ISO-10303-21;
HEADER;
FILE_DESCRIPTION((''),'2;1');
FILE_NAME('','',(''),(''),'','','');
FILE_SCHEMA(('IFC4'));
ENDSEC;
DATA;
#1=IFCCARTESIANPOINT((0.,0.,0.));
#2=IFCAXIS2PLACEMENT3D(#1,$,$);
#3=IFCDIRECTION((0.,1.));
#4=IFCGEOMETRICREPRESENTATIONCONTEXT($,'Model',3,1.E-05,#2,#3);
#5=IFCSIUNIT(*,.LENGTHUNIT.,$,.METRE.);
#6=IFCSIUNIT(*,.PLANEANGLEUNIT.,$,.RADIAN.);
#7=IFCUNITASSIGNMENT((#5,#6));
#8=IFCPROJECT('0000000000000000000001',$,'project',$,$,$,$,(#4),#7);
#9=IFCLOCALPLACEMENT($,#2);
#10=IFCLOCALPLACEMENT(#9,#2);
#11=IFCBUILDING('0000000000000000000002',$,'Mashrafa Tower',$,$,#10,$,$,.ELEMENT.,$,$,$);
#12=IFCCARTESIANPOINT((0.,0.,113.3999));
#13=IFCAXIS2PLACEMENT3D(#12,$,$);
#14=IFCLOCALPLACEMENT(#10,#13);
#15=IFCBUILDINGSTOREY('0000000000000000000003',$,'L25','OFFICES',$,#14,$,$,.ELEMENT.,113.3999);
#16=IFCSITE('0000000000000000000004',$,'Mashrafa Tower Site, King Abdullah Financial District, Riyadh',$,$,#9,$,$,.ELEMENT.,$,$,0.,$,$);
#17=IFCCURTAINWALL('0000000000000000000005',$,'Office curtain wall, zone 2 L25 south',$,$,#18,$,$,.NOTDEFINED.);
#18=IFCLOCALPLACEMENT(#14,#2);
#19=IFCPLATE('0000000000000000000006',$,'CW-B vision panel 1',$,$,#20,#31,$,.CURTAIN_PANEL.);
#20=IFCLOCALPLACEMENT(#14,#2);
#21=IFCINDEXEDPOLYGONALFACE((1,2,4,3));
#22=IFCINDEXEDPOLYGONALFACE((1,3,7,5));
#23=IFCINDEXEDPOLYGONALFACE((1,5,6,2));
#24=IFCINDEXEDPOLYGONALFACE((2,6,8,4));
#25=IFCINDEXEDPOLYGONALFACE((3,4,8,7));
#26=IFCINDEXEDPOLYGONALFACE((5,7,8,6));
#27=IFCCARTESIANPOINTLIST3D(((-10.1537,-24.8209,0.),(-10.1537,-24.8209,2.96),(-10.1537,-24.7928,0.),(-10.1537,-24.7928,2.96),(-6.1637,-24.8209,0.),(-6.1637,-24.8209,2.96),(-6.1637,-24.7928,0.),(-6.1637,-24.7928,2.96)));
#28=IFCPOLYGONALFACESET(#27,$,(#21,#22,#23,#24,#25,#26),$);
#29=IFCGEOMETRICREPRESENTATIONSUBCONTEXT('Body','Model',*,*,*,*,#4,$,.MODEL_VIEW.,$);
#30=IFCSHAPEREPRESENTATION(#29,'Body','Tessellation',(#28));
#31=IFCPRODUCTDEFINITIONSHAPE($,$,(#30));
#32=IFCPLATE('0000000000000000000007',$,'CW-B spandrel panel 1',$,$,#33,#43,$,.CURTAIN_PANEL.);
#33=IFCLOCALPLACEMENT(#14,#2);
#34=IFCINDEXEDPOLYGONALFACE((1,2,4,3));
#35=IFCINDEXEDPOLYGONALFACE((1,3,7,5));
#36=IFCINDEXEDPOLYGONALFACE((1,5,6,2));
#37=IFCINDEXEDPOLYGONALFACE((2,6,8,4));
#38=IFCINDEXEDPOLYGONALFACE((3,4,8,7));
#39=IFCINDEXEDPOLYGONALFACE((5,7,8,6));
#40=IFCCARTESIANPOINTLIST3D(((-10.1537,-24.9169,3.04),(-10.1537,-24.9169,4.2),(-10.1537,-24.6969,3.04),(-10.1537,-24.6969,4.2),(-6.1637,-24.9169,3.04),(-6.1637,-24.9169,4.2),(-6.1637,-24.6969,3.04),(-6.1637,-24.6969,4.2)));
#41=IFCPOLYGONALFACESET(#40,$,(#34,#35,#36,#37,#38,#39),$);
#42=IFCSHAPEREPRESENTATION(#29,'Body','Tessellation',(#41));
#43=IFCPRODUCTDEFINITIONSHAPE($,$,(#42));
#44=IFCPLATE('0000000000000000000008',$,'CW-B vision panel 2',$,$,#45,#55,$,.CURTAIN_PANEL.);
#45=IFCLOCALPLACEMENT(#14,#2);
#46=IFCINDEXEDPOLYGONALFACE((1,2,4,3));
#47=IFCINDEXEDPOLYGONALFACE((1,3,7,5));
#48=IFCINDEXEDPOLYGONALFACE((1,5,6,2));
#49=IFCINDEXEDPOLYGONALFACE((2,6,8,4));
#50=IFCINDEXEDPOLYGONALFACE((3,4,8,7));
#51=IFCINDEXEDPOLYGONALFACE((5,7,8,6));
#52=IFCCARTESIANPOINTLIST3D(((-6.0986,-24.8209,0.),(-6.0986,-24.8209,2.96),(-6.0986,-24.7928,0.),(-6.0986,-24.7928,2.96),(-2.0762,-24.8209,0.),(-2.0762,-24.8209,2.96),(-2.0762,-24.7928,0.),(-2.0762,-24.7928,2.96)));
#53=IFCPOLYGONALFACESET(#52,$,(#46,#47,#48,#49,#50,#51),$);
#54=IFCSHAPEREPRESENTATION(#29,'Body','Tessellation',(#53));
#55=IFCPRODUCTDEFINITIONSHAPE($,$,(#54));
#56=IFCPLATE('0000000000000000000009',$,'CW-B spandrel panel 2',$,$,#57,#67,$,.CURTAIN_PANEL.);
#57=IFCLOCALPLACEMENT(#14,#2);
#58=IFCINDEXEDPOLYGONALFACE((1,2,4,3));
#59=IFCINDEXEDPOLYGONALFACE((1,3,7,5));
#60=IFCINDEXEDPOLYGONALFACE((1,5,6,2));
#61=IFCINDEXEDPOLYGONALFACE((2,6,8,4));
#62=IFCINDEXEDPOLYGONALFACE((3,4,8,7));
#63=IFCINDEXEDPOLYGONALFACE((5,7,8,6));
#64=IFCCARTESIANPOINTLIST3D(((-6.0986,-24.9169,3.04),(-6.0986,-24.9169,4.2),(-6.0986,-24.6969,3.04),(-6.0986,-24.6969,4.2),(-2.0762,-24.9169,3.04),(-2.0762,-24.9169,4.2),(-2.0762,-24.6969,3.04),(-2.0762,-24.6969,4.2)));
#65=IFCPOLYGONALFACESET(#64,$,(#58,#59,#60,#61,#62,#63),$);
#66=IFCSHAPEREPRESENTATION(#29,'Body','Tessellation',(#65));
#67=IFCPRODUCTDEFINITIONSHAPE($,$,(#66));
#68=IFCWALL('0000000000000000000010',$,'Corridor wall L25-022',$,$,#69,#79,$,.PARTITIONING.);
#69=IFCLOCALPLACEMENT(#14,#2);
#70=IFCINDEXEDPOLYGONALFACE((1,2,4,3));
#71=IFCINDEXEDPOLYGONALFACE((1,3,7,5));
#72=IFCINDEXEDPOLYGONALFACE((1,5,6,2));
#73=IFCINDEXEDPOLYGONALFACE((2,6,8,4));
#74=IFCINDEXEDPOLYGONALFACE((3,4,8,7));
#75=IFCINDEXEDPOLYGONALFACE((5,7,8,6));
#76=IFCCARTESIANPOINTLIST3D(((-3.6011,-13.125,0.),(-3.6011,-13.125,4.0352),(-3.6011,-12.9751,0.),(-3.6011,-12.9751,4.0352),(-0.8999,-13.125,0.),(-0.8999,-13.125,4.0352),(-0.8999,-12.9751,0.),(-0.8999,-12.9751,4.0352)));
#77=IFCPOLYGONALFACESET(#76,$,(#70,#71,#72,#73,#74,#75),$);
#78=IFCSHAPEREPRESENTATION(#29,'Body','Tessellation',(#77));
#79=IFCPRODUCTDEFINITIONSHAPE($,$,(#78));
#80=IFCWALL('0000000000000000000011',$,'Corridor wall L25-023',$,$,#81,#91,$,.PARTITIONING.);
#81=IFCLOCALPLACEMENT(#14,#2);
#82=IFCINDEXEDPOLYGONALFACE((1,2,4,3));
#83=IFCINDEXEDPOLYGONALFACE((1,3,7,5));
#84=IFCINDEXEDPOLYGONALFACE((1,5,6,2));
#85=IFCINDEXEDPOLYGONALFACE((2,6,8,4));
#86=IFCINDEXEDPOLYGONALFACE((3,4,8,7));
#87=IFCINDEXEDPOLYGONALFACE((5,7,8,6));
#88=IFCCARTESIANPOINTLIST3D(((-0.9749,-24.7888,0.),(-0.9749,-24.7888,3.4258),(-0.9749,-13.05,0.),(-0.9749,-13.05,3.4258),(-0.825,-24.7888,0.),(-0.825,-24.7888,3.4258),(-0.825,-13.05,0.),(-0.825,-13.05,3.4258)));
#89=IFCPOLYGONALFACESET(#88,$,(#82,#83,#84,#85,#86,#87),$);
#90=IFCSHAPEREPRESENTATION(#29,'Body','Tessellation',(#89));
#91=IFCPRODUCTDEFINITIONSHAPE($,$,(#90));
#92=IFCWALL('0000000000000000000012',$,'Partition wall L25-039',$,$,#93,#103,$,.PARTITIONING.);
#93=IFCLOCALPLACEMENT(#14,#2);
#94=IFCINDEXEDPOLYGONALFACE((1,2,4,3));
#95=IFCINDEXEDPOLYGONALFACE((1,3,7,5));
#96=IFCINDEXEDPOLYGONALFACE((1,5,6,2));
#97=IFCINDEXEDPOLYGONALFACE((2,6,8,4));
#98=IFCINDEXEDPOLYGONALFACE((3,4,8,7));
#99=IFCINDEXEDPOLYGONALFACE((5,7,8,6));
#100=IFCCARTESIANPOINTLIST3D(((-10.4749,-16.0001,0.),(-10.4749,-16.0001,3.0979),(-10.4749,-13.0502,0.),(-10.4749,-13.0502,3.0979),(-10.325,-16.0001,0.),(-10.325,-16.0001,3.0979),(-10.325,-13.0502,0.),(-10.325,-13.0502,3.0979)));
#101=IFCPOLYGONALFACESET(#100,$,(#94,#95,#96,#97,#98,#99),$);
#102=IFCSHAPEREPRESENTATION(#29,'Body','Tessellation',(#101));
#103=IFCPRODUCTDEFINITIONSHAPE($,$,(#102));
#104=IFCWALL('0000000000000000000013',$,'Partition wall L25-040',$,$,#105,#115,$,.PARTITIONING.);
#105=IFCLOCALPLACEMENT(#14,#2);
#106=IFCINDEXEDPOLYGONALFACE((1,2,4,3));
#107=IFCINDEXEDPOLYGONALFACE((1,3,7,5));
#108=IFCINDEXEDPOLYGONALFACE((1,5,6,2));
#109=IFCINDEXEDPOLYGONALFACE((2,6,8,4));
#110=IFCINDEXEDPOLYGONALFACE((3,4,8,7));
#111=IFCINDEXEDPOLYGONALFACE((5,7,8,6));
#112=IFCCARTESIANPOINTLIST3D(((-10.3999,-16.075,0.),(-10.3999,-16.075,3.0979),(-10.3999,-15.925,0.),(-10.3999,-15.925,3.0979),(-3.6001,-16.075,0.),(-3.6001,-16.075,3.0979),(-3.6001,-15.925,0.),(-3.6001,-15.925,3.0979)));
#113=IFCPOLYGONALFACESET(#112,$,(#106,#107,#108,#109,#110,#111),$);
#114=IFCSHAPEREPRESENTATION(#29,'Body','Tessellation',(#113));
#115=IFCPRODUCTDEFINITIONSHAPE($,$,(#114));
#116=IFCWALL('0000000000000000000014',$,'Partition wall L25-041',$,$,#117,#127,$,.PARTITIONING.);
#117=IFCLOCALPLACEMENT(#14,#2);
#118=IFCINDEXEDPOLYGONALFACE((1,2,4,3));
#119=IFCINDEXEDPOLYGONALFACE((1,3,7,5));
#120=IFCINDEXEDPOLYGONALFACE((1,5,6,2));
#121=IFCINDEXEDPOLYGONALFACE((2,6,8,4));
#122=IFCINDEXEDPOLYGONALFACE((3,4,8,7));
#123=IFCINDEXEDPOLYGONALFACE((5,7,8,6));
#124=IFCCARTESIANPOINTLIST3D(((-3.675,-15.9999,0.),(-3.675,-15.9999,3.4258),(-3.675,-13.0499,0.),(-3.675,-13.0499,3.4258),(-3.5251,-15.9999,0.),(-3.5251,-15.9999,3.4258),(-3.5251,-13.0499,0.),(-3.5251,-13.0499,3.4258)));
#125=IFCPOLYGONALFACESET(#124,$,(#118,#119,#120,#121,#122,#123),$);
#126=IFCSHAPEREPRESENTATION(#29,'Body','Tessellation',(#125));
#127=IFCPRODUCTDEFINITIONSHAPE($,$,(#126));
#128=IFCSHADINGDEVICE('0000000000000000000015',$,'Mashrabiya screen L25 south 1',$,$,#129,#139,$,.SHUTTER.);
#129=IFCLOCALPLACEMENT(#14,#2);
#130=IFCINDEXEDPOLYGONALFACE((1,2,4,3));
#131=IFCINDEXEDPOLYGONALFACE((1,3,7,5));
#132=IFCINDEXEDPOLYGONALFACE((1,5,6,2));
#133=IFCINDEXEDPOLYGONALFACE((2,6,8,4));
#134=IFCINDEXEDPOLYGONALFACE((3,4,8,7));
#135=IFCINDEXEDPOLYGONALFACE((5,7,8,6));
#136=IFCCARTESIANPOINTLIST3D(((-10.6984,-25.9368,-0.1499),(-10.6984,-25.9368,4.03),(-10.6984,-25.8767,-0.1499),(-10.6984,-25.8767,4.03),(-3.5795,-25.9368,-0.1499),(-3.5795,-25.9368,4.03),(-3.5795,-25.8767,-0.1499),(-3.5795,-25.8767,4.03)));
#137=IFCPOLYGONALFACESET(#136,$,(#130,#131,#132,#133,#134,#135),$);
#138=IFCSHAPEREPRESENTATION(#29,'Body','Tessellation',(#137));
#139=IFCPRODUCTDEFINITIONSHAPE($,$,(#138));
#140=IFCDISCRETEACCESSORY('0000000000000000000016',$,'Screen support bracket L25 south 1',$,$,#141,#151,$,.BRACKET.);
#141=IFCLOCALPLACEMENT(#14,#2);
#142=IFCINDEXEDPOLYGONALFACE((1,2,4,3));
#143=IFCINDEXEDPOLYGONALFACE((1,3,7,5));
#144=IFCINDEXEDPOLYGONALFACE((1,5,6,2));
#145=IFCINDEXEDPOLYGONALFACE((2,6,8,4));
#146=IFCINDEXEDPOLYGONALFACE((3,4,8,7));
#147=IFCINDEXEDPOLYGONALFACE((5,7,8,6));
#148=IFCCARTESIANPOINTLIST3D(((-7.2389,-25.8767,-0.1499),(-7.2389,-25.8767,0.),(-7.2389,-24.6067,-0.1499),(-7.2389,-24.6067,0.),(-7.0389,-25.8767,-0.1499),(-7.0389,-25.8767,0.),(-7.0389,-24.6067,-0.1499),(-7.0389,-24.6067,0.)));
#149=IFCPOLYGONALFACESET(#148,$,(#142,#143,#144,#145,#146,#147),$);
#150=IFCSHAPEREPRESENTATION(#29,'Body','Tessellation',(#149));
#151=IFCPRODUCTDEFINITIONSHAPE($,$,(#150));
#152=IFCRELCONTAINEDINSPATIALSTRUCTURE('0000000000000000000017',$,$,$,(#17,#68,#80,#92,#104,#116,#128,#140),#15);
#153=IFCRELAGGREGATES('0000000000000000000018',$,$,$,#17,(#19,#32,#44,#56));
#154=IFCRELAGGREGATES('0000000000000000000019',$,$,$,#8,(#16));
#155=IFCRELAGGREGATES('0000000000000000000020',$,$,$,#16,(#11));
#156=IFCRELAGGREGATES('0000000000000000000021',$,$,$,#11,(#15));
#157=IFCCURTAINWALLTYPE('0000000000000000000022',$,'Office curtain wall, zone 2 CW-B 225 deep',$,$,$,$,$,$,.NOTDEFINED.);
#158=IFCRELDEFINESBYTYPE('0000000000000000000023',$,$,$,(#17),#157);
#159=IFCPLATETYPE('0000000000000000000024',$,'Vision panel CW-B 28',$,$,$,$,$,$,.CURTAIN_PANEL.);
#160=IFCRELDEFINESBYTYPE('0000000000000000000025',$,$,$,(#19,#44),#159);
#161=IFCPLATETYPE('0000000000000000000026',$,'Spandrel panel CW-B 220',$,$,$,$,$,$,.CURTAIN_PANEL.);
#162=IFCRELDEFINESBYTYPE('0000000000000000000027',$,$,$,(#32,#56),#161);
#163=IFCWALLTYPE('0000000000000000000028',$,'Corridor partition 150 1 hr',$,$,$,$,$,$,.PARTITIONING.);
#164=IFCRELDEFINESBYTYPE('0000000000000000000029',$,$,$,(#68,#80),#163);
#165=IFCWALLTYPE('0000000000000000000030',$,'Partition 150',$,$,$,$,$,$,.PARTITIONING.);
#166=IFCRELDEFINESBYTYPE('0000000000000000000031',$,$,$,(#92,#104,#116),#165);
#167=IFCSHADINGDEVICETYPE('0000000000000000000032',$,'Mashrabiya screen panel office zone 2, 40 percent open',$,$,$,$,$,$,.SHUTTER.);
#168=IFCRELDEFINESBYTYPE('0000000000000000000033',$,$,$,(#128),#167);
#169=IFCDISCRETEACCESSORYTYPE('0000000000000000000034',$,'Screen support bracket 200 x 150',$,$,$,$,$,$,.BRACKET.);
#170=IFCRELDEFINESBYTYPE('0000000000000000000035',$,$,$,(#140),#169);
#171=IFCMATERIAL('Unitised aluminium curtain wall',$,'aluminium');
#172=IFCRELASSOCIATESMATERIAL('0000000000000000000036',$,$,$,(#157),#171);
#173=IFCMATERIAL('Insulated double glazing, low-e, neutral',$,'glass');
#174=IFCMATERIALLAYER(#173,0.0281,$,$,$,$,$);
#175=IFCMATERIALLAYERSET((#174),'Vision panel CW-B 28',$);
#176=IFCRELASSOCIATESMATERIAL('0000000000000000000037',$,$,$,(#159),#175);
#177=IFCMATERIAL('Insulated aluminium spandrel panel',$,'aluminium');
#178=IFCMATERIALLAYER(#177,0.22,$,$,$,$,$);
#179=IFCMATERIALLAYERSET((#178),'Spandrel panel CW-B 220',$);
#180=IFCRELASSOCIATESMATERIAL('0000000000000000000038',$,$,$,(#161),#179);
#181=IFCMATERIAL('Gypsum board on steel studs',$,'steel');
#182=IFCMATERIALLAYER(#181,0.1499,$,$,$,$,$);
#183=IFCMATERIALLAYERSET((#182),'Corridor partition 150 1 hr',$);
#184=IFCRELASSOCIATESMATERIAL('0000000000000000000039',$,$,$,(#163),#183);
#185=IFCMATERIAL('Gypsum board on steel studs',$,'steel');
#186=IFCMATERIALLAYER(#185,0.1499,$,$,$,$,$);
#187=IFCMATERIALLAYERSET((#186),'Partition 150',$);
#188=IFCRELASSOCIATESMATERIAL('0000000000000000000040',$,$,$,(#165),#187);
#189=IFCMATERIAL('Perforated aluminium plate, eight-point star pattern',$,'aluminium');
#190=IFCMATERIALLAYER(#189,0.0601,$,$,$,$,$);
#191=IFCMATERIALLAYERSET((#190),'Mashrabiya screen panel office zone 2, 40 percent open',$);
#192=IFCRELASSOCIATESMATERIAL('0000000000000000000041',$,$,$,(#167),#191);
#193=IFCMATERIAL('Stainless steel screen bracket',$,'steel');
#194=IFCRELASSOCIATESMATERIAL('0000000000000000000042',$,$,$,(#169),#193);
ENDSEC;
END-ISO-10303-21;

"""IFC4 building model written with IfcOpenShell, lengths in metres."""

from ifc_helpers import new_model, si_unit, direction, frame, frame_2d, origin, origin_2d, place, context, subcontext, project, spatial, rectangle, extrude, source, transform, mapped, material, layer, layer_set, type_object, type_shapes, element, aggregate, save


model = new_model("IFC4")

# Units and contexts
model_context = context("Model", 3, precision=1e-05, world=origin(), true_north=direction((0.0, 1.0)))
body_context = subcontext(model_context, "Body", "Model", "MODEL_VIEW")
ifc_project = project(units=[si_unit("LENGTHUNIT", "METRE"), si_unit("PLANEANGLEUNIT", "RADIAN")], contexts=[model_context])

# Site, building, storey
site_placement = place(None, origin())
site = spatial("IfcSite", under=ifc_project, at=site_placement, Name="Mashrafa Tower Site, King Abdullah Financial District, Riyadh", CompositionType="ELEMENT", RefElevation=0.0)
building_placement = place(site_placement, origin())
building = spatial("IfcBuilding", under=site, at=building_placement, Name="Mashrafa Tower", CompositionType="ELEMENT")
storey_placement = place(building_placement, frame((0.0, 0.0, 113.3999)))
storey = spatial("IfcBuildingStorey", under=building, at=storey_placement, Name="L25", Description="OFFICES", CompositionType="ELEMENT", Elevation=113.3999)

# Shared definitions
ifc_material_1 = material(Name="Unitised aluminium curtain wall", Category="aluminium")
curtain_wall_type = type_object("IfcCurtainWallType", Name="Office curtain wall, zone 2 CW-B 225 deep", PredefinedType="NOTDEFINED", material=ifc_material_1)

# Curtain wall, plates
curtain_wall_1_placement = place(storey_placement, origin())
curtain_wall_1 = element("IfcCurtainWall", 1, at=curtain_wall_1_placement, inside=storey, type_object=curtain_wall_type, Name="Office curtain wall, zone 2 L25 south", PredefinedType="NOTDEFINED")
ifc_material_2 = material(Name="Insulated double glazing, low-e, neutral", Category="glass")
ifc_layer_1 = layer(ifc_material_2, 0.0281)
ifc_layer_set_1 = layer_set([ifc_layer_1], Name="Vision panel CW-B 28")
plate_type_1 = type_object("IfcPlateType", Name="Vision panel CW-B 28", PredefinedType="CURTAIN_PANEL", material=ifc_layer_set_1)
shared_shape_1 = source(origin(), body_context, "Body", "SweptSolid", [
    extrude(rectangle(XDim=3.99, YDim=0.0281, at=origin_2d()), origin(), (0.0, 0.0, 1.0), 2.96),
])
plate_1_placement = place(storey_placement, frame((-8.1587, -24.8069, 0.0), z_axis=(0.0, 0.0, 1.0), x_axis=(1.0, 0.0, 0.0)))
plate_1 = element("IfcPlate", 2, at=plate_1_placement, type_object=plate_type_1, Name="CW-B vision panel 1", PredefinedType="CURTAIN_PANEL", context=body_context, shape_type="MappedRepresentation", body=[
    mapped(shared_shape_1, transform((0.0, 0.0, 0.0))),
])
ifc_material_3 = material(Name="Insulated aluminium spandrel panel", Category="aluminium")
ifc_layer_2 = layer(ifc_material_3, 0.22)
ifc_layer_set_2 = layer_set([ifc_layer_2], Name="Spandrel panel CW-B 220")
plate_type_2 = type_object("IfcPlateType", Name="Spandrel panel CW-B 220", PredefinedType="CURTAIN_PANEL", material=ifc_layer_set_2)
shared_shape_2 = source(origin(), body_context, "Body", "SweptSolid", [
    extrude(rectangle(XDim=3.99, YDim=0.22, at=origin_2d()), origin(), (0.0, 0.0, 1.0), 1.1599),
])
plate_2_placement = place(storey_placement, frame((-8.1587, -24.8069, 3.04), z_axis=(0.0, 0.0, 1.0), x_axis=(1.0, 0.0, 0.0)))
plate_2 = element("IfcPlate", 3, at=plate_2_placement, type_object=plate_type_2, Name="CW-B spandrel panel 1", PredefinedType="CURTAIN_PANEL", context=body_context, shape_type="MappedRepresentation", body=[
    mapped(shared_shape_2, transform((0.0, 0.0, 0.0))),
])
shared_shape_3 = source(origin(), body_context, "Body", "SweptSolid", [
    extrude(rectangle(XDim=4.0225, YDim=0.0281, at=origin_2d()), origin(), (0.0, 0.0, 1.0), 2.96),
])
type_shapes(plate_type_1, [shared_shape_1, shared_shape_3])
plate_3_placement = place(storey_placement, frame((-4.0874, -24.8069, 0.0), z_axis=(0.0, 0.0, 1.0), x_axis=(1.0, 0.0, 0.0)))
plate_3 = element("IfcPlate", 4, at=plate_3_placement, type_object=plate_type_1, Name="CW-B vision panel 2", PredefinedType="CURTAIN_PANEL", context=body_context, shape_type="MappedRepresentation", body=[
    mapped(shared_shape_3, transform((0.0, 0.0, 0.0))),
])
shared_shape_4 = source(origin(), body_context, "Body", "SweptSolid", [
    extrude(rectangle(XDim=4.0225, YDim=0.22, at=origin_2d()), origin(), (0.0, 0.0, 1.0), 1.1599),
])
type_shapes(plate_type_2, [shared_shape_2, shared_shape_4])
plate_4_placement = place(storey_placement, frame((-4.0874, -24.8069, 3.04), z_axis=(0.0, 0.0, 1.0), x_axis=(1.0, 0.0, 0.0)))
plate_4 = element("IfcPlate", 5, at=plate_4_placement, type_object=plate_type_2, Name="CW-B spandrel panel 2", PredefinedType="CURTAIN_PANEL", context=body_context, shape_type="MappedRepresentation", body=[
    mapped(shared_shape_4, transform((0.0, 0.0, 0.0))),
])
aggregate(curtain_wall_1, [plate_1, plate_2, plate_3, plate_4])

# Walls
ifc_material_4 = material(Name="Gypsum board on steel studs", Category="steel")
ifc_layer_3 = layer(ifc_material_4, 0.1499)
ifc_layer_set_3 = layer_set([ifc_layer_3], Name="Corridor partition 150 1 hr")
wall_type_1 = type_object("IfcWallType", Name="Corridor partition 150 1 hr", PredefinedType="PARTITIONING", material=ifc_layer_set_3)
wall_1_placement = place(storey_placement, frame((-3.6011, -13.05, 0.0), z_axis=(0.0, 0.0, 1.0), x_axis=(1.0, 0.0, 0.0)))
element("IfcWall", 6, at=wall_1_placement, inside=storey, type_object=wall_type_1, Name="Corridor wall L25-022", PredefinedType="PARTITIONING", context=body_context, shape_type="SweptSolid", body=[
    extrude(rectangle(XDim=2.7012, YDim=0.1499, at=frame_2d((1.3506, 0.0))), origin(), (0.0, 0.0, 1.0), 4.0352),
])
wall_2_placement = place(storey_placement, frame((-0.8999, -13.05, 0.0), z_axis=(0.0, 0.0, 1.0), x_axis=(0.0, -1.0, 0.0)))
element("IfcWall", 7, at=wall_2_placement, inside=storey, type_object=wall_type_1, Name="Corridor wall L25-023", PredefinedType="PARTITIONING", context=body_context, shape_type="SweptSolid", body=[
    extrude(rectangle(XDim=11.7388, YDim=0.1499, at=frame_2d((5.8694, 0.0))), origin(), (0.0, 0.0, 1.0), 3.4258),
])
ifc_material_5 = material(Name="Gypsum board on steel studs", Category="steel")
ifc_layer_4 = layer(ifc_material_5, 0.1499)
ifc_layer_set_4 = layer_set([ifc_layer_4], Name="Partition 150")
wall_type_2 = type_object("IfcWallType", Name="Partition 150", PredefinedType="PARTITIONING", material=ifc_layer_set_4)
wall_3_placement = place(storey_placement, frame((-10.3999, -13.05, 0.0), z_axis=(0.0, 0.0, 1.0), x_axis=(0.0, -1.0, 0.0)))
element("IfcWall", 8, at=wall_3_placement, inside=storey, type_object=wall_type_2, Name="Partition wall L25-039", PredefinedType="PARTITIONING", context=body_context, shape_type="SweptSolid", body=[
    extrude(rectangle(XDim=2.95, YDim=0.1499, at=frame_2d((1.4751, 0.0))), origin(), (0.0, 0.0, 1.0), 3.0979),
])
wall_4_placement = place(storey_placement, frame((-10.3999, -16.0, 0.0), z_axis=(0.0, 0.0, 1.0), x_axis=(1.0, 0.0, 0.0)))
element("IfcWall", 9, at=wall_4_placement, inside=storey, type_object=wall_type_2, Name="Partition wall L25-040", PredefinedType="PARTITIONING", context=body_context, shape_type="SweptSolid", body=[
    extrude(rectangle(XDim=6.7998, YDim=0.1499, at=frame_2d((3.3999, 0.0))), origin(), (0.0, 0.0, 1.0), 3.0979),
])
wall_5_placement = place(storey_placement, frame((-3.6001, -16.0, 0.0), z_axis=(0.0, 0.0, 1.0), x_axis=(0.0, 1.0, 0.0)))
element("IfcWall", 10, at=wall_5_placement, inside=storey, type_object=wall_type_2, Name="Partition wall L25-041", PredefinedType="PARTITIONING", context=body_context, shape_type="SweptSolid", body=[
    extrude(rectangle(XDim=2.95, YDim=0.1499, at=frame_2d((1.4751, 0.0))), origin(), (0.0, 0.0, 1.0), 3.4258),
])

# Shading device
ifc_material_6 = material(Name="Perforated aluminium plate, eight-point star pattern", Category="aluminium")
ifc_layer_5 = layer(ifc_material_6, 0.0601)
ifc_layer_set_5 = layer_set([ifc_layer_5], Name="Mashrabiya screen panel office zone 2, 40 percent open")
shading_device_type = type_object("IfcShadingDeviceType", Name="Mashrabiya screen panel office zone 2, 40 percent open", PredefinedType="SHUTTER", material=ifc_layer_set_5)
shared_shape_5 = source(origin(), body_context, "Body", "SweptSolid", [
    extrude(rectangle(XDim=7.1189, YDim=0.0601, at=origin_2d()), origin(), (0.0, 0.0, 1.0), 4.1799),
])
type_shapes(shading_device_type, [shared_shape_5])
shading_device_placement = place(storey_placement, frame((-7.1389, -25.9067, -0.1499), z_axis=(0.0, 0.0, 1.0), x_axis=(1.0, 0.0, 0.0)))
element("IfcShadingDevice", 11, at=shading_device_placement, inside=storey, type_object=shading_device_type, Name="Mashrabiya screen L25 south 1", PredefinedType="SHUTTER", context=body_context, shape_type="MappedRepresentation", body=[
    mapped(shared_shape_5, transform((0.0, 0.0, 0.0))),
])

# Discrete accessory
ifc_material_7 = material(Name="Stainless steel screen bracket", Category="steel")
discrete_accessory_type = type_object("IfcDiscreteAccessoryType", Name="Screen support bracket 200 x 150", PredefinedType="BRACKET", material=ifc_material_7)
shared_shape_6 = source(origin(), body_context, "Body", "SweptSolid", [
    extrude(rectangle(XDim=0.2, YDim=1.27, at=origin_2d()), origin(), (0.0, 0.0, 1.0), 0.1499),
])
type_shapes(discrete_accessory_type, [shared_shape_6])
discrete_accessory_placement = place(storey_placement, frame((-7.1389, -25.2417, -0.1499), z_axis=(0.0, 0.0, 1.0), x_axis=(1.0, 0.0, 0.0)))
element("IfcDiscreteAccessory", 12, at=discrete_accessory_placement, inside=storey, type_object=discrete_accessory_type, Name="Screen support bracket L25 south 1", PredefinedType="BRACKET", context=body_context, shape_type="MappedRepresentation", body=[
    mapped(shared_shape_6, transform((0.0, 0.0, 0.0))),
])

save(model, "model.ifc")
